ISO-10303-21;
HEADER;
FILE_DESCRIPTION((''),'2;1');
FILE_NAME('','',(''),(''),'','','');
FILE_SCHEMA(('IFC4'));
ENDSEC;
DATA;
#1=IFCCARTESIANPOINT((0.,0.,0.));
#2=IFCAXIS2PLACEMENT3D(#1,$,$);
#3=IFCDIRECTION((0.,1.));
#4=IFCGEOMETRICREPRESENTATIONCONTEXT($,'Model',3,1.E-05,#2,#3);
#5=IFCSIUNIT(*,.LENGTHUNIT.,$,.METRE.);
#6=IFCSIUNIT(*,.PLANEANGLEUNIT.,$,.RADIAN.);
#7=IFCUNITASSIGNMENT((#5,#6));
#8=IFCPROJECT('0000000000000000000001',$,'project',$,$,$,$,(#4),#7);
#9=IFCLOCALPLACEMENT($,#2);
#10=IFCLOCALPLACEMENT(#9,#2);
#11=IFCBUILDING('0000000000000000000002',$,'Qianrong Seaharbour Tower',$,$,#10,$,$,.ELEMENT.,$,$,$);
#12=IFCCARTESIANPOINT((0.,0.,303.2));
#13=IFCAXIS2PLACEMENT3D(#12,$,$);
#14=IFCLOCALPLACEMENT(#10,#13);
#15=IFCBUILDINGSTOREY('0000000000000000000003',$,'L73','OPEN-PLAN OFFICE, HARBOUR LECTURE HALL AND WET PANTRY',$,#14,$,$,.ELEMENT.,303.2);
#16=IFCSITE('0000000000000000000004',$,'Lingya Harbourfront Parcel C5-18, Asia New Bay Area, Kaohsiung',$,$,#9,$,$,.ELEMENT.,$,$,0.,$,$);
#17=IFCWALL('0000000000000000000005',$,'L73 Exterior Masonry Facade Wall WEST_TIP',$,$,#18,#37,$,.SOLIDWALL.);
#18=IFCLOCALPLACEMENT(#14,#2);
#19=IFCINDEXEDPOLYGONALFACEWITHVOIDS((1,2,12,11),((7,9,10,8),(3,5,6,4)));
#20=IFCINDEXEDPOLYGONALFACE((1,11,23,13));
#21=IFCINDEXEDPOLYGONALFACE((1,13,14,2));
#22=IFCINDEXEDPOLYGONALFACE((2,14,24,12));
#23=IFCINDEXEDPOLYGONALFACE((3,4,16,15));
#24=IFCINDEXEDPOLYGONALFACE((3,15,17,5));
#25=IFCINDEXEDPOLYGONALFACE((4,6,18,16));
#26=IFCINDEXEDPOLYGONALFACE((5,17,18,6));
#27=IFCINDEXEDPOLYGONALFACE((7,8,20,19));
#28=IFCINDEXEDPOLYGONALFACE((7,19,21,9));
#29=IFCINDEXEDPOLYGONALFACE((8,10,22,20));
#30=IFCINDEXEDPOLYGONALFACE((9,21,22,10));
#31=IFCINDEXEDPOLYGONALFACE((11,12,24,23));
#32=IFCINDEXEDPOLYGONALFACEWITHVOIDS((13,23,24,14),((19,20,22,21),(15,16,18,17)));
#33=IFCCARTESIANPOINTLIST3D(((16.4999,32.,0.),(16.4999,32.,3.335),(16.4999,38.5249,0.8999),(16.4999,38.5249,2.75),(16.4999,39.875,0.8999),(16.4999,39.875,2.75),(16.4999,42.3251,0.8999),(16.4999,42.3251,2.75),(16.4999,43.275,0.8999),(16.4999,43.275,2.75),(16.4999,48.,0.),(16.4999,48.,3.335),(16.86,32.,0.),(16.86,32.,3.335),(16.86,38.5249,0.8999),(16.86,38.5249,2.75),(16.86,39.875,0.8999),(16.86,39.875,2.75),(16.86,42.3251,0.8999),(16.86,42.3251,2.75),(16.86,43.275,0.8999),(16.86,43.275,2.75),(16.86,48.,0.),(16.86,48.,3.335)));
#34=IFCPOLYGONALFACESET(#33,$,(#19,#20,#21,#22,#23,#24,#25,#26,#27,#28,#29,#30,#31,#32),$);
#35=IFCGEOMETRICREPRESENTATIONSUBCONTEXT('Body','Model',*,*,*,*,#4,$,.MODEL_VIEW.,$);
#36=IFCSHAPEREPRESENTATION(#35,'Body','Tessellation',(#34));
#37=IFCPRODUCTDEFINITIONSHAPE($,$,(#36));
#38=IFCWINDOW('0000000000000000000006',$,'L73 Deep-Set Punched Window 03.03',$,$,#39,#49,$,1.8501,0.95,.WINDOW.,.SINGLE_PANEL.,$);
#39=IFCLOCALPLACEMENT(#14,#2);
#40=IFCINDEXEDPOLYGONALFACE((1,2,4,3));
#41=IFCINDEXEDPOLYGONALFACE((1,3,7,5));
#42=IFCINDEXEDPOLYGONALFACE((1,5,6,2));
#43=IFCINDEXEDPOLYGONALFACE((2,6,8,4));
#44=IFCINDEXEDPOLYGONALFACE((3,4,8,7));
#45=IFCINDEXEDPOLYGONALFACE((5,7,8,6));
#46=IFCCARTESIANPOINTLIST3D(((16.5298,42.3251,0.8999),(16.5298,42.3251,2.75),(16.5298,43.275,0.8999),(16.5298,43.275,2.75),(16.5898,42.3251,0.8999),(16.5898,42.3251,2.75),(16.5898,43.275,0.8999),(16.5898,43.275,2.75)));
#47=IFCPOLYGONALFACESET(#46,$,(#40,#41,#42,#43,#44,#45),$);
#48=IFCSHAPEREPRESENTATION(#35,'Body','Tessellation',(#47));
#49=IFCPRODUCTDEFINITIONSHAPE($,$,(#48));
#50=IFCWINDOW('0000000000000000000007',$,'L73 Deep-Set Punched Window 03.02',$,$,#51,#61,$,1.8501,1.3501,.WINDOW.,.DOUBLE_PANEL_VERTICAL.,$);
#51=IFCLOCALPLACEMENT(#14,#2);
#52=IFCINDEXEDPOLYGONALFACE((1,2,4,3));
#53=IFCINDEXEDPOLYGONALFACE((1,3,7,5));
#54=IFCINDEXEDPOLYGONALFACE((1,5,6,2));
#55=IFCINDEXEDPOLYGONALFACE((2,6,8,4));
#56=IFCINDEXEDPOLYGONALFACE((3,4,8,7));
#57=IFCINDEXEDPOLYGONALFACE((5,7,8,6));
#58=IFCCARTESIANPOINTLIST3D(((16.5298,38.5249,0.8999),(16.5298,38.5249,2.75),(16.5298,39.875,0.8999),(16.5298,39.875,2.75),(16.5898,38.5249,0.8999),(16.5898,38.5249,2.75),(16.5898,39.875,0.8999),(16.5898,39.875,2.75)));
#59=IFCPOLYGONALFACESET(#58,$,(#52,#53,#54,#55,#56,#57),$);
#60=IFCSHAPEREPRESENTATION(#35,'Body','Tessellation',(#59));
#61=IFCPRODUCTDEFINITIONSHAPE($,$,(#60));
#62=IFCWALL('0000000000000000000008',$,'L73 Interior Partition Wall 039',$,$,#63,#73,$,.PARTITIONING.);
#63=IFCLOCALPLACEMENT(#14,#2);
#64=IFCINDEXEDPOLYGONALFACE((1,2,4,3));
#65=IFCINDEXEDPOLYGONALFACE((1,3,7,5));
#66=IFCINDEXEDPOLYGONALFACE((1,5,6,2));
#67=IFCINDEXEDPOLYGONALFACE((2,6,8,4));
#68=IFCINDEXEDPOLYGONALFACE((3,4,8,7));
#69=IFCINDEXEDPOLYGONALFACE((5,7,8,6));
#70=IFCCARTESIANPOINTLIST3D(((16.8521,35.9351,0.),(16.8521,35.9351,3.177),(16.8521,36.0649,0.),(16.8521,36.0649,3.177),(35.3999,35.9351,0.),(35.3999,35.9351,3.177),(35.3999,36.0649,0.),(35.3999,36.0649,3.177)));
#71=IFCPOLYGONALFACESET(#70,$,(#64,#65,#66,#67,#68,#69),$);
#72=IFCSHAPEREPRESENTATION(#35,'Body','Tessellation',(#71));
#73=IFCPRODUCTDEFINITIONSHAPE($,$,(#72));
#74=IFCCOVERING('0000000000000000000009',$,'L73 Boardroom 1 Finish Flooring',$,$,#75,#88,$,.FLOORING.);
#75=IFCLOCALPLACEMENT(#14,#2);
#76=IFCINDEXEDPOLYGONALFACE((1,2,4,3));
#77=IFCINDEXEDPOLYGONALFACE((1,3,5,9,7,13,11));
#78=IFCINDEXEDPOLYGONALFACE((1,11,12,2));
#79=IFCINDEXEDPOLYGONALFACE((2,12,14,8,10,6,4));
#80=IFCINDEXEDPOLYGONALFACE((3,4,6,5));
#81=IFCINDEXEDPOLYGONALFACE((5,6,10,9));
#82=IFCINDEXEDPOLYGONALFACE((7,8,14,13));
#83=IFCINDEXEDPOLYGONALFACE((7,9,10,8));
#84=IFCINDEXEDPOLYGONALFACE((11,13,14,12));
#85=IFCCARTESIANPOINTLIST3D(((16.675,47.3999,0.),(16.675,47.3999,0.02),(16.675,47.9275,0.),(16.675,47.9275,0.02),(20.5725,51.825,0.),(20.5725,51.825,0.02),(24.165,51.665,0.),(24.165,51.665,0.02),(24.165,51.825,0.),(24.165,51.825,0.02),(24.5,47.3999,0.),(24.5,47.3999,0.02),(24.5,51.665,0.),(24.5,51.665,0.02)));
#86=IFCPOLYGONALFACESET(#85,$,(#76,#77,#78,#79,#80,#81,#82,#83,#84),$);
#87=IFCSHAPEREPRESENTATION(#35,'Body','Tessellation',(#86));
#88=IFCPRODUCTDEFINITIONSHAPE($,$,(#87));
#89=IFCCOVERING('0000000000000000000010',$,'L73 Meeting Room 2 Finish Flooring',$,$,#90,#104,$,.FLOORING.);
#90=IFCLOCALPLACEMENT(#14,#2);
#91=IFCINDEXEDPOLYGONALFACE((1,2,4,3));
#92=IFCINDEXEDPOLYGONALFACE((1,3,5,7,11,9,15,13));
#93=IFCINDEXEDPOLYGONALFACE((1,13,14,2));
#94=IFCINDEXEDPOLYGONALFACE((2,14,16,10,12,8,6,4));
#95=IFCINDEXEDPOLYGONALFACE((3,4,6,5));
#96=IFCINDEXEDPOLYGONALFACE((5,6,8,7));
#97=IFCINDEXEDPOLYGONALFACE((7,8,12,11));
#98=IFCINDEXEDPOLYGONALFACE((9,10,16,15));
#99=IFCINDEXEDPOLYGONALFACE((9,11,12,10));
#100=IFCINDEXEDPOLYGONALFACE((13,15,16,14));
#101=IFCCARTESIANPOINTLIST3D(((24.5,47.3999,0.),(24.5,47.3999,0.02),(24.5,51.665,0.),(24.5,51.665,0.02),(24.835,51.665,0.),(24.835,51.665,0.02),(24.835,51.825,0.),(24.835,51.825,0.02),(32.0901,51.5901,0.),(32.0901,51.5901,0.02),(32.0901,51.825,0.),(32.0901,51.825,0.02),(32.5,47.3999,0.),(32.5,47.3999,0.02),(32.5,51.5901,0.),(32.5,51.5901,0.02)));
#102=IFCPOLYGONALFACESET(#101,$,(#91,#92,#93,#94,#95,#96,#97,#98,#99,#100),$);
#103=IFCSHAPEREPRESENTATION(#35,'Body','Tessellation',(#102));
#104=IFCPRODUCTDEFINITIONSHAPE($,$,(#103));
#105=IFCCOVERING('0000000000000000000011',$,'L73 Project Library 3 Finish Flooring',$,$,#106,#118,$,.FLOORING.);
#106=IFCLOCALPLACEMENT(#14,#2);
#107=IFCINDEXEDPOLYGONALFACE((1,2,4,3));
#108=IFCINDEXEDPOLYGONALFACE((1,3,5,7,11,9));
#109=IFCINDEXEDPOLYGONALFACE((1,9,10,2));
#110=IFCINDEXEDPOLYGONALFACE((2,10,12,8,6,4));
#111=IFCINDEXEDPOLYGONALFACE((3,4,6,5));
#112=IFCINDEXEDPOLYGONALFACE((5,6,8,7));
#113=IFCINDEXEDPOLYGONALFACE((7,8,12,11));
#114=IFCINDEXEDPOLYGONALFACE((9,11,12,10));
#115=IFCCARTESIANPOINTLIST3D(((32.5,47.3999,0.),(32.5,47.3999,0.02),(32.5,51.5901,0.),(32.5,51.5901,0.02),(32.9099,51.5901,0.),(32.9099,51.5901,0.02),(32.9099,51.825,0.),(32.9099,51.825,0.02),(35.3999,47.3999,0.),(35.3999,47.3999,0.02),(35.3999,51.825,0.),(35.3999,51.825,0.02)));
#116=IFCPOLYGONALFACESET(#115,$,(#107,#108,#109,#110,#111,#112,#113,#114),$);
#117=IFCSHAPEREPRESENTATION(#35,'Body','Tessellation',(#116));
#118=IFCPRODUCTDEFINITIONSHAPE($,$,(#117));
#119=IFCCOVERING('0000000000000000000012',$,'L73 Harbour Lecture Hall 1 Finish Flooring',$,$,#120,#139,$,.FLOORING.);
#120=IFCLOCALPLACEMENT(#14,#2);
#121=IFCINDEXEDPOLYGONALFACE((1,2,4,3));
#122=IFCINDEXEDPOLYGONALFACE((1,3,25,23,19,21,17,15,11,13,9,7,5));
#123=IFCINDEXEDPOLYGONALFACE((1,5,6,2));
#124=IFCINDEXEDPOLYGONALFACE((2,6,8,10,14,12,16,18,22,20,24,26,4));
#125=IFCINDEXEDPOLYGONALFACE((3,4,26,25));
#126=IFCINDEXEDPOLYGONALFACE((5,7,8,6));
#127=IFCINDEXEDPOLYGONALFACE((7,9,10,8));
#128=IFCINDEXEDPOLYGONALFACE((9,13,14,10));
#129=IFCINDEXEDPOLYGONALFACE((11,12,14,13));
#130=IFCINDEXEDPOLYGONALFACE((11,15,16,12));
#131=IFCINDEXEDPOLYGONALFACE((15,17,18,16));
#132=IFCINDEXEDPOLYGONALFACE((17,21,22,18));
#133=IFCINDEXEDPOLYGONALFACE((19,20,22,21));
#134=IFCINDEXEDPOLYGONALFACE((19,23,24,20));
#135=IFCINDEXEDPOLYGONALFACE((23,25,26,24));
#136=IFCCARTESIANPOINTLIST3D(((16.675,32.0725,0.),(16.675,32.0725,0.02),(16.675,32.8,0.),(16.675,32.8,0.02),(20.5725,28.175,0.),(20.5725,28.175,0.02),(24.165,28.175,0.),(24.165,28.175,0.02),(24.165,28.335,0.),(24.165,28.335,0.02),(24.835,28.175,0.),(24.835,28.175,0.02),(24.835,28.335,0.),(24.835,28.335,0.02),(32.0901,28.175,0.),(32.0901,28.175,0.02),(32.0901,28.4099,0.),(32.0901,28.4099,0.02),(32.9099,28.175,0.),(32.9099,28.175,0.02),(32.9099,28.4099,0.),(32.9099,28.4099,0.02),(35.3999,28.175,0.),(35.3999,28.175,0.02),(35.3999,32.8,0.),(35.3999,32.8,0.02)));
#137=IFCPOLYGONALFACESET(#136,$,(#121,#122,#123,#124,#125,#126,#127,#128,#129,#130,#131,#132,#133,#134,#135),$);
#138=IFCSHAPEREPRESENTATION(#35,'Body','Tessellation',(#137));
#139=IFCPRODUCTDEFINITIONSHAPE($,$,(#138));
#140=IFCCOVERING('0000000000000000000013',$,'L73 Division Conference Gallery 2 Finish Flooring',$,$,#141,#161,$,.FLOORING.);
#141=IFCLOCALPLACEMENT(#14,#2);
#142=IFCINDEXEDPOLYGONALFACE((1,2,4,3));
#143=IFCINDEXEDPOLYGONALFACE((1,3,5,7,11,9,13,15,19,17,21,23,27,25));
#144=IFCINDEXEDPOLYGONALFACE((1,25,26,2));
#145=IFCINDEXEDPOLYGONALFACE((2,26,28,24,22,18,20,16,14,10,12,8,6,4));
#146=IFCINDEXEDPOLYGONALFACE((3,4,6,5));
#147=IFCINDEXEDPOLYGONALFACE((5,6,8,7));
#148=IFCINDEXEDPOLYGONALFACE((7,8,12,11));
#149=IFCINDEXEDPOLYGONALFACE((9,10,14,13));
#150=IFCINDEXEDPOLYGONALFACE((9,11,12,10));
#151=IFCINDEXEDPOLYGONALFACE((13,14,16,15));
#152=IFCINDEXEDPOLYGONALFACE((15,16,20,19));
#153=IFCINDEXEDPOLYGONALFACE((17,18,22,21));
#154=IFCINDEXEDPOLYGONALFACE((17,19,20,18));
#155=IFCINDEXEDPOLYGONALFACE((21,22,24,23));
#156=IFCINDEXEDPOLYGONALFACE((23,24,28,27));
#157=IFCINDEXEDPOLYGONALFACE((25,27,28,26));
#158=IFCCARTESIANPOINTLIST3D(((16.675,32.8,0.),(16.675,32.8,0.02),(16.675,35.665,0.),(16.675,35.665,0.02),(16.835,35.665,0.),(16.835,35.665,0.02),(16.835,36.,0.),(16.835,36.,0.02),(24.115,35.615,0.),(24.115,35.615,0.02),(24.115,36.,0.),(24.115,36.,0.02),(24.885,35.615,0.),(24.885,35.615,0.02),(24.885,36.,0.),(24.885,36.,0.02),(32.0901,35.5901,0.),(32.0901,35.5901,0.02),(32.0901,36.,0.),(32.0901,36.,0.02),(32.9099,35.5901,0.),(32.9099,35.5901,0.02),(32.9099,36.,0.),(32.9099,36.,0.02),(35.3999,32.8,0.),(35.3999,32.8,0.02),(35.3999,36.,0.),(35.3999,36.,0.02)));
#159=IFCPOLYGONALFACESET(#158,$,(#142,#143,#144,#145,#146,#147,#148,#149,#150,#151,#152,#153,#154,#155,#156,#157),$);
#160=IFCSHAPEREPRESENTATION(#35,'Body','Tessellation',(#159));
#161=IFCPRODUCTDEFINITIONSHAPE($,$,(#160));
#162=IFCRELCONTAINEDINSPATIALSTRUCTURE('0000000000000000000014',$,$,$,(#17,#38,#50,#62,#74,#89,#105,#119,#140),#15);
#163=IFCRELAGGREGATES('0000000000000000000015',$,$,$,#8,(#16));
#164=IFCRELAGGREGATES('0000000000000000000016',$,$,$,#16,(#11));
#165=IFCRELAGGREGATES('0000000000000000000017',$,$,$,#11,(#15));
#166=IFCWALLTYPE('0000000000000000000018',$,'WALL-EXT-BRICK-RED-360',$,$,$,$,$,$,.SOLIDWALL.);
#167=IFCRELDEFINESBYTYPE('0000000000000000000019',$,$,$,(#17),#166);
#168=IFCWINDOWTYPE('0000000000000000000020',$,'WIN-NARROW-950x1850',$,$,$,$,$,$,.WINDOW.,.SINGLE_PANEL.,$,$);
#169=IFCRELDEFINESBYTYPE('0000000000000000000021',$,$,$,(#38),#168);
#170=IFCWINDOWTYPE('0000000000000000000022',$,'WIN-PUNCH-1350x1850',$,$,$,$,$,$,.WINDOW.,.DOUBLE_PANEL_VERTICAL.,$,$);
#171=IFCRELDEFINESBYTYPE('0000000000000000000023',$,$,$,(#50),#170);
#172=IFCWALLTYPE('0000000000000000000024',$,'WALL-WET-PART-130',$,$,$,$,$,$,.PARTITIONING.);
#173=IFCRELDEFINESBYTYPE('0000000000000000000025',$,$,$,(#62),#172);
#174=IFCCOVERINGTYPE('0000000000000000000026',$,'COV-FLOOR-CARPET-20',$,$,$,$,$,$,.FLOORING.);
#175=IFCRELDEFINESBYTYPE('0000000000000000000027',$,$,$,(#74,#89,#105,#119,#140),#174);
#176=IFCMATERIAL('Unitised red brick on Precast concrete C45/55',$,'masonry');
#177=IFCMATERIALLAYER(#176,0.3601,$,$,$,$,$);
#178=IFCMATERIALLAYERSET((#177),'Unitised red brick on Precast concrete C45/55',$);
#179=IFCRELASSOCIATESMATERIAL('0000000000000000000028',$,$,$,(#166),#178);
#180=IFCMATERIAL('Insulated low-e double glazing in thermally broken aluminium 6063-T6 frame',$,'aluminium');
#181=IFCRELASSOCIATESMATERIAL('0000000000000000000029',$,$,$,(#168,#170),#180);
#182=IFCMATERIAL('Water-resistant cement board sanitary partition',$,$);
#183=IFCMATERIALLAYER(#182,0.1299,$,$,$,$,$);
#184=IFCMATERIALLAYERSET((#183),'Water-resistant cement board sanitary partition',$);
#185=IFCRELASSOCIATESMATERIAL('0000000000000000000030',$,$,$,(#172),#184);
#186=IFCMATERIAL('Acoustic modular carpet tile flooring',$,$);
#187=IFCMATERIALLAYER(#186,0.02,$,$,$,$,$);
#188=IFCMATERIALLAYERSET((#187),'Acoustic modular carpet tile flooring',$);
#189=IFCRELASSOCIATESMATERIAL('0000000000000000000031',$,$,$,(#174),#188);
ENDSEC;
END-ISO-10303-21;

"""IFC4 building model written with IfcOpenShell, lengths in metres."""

from ifc_helpers import new_model, si_unit, direction, frame, frame_2d, origin, place, context, subcontext, project, spatial, polyline, rectangle, outline, extrude, material, layer, layer_set, type_object, element, fill, save


model = new_model("IFC4")

# Units and contexts
model_context = context("Model", 3, precision=1e-05, world=origin(), true_north=direction((0.0, 1.0)))
body_context = subcontext(model_context, "Body", "Model", "MODEL_VIEW")
ifc_project = project(units=[si_unit("LENGTHUNIT", "METRE"), si_unit("PLANEANGLEUNIT", "RADIAN")], contexts=[model_context])

# Site, building, storey
site_placement = place(None, origin())
site = spatial("IfcSite", under=ifc_project, at=site_placement, Name="Lingya Harbourfront Parcel C5-18, Asia New Bay Area, Kaohsiung", CompositionType="ELEMENT", RefElevation=0.0)
building_placement = place(site_placement, origin())
building = spatial("IfcBuilding", under=site, at=building_placement, Name="Qianrong Seaharbour Tower", CompositionType="ELEMENT")
storey_placement = place(building_placement, frame((0.0, 0.0, 303.2)))
storey = spatial("IfcBuildingStorey", under=building, at=storey_placement, Name="L73", Description="OPEN-PLAN OFFICE, HARBOUR LECTURE HALL AND WET PANTRY", CompositionType="ELEMENT", Elevation=303.2)

# Wall, openings, windows
ifc_material_1 = material(Name="Unitised red brick on Precast concrete C45/55", Category="masonry")
ifc_layer_1 = layer(ifc_material_1, 0.3601)
ifc_layer_set_1 = layer_set([ifc_layer_1], Name="Unitised red brick on Precast concrete C45/55")
wall_type_1 = type_object("IfcWallType", Name="WALL-EXT-BRICK-RED-360", PredefinedType="SOLIDWALL", material=ifc_layer_set_1)
wall_1_placement = place(storey_placement, frame((16.6799, 32.0, 0.0), z_axis=(0.0, 0.0, 1.0), x_axis=(0.0, 1.0, 0.0)))
wall_1 = element("IfcWall", 1, at=wall_1_placement, inside=storey, type_object=wall_type_1, Name="L73 Exterior Masonry Facade Wall WEST_TIP", PredefinedType="SOLIDWALL", context=body_context, shape_type="SweptSolid", body=[
    extrude(rectangle(XDim=16.0, YDim=0.3601, at=frame_2d((8.0, 0.0))), origin(), (0.0, 0.0, 1.0), 3.335),
])
opening_1_placement = place(wall_1_placement, frame((6.5249, 0.0, 0.8999)))
opening_1 = element("IfcOpeningElement", 2, at=opening_1_placement, cuts=wall_1, PredefinedType="OPENING", context=body_context, shape_type="SweptSolid", body=[
    extrude(rectangle(XDim=1.3501, YDim=1.8501, at=frame_2d((0.675, 0.925))), frame((0.0, 0.1899, 0.0), z_axis=(0.0, -1.0, 0.0), x_axis=(1.0, 0.0, 0.0)), (0.0, 0.0, 1.0), 0.3801),
])
opening_2_placement = place(wall_1_placement, frame((10.325, 0.0, 0.8999)))
opening_2 = element("IfcOpeningElement", 3, at=opening_2_placement, cuts=wall_1, PredefinedType="OPENING", context=body_context, shape_type="SweptSolid", body=[
    extrude(rectangle(XDim=0.95, YDim=1.8501, at=frame_2d((0.4751, 0.925))), frame((0.0, 0.1899, 0.0), z_axis=(0.0, -1.0, 0.0), x_axis=(1.0, 0.0, 0.0)), (0.0, 0.0, 1.0), 0.3801),
])
ifc_material_2 = material(Name="Insulated low-e double glazing in thermally broken aluminium 6063-T6 frame", Category="aluminium")
window_type_1 = type_object("IfcWindowType", Name="WIN-NARROW-950x1850", PartitioningType="SINGLE_PANEL", PredefinedType="WINDOW", material=ifc_material_2)
window_1_placement = place(opening_2_placement, origin())
window_1 = element("IfcWindow", 4, at=window_1_placement, inside=storey, type_object=window_type_1, Name="L73 Deep-Set Punched Window 03.03", OverallHeight=1.8501, OverallWidth=0.95, PartitioningType="SINGLE_PANEL", PredefinedType="WINDOW", context=body_context, shape_type="SweptSolid", body=[
    extrude(rectangle(XDim=0.95, YDim=1.8501, at=frame_2d((0.4751, 0.925))), frame((0.0, 0.1501, 0.0), z_axis=(0.0, -1.0, 0.0), x_axis=(1.0, 0.0, 0.0)), (0.0, 0.0, 1.0), 0.0601),
])
fill(opening_2, window_1)
window_type_2 = type_object("IfcWindowType", Name="WIN-PUNCH-1350x1850", PartitioningType="DOUBLE_PANEL_VERTICAL", PredefinedType="WINDOW", material=ifc_material_2)
window_2_placement = place(opening_1_placement, origin())
window_2 = element("IfcWindow", 5, at=window_2_placement, inside=storey, type_object=window_type_2, Name="L73 Deep-Set Punched Window 03.02", OverallHeight=1.8501, OverallWidth=1.3501, PartitioningType="DOUBLE_PANEL_VERTICAL", PredefinedType="WINDOW", context=body_context, shape_type="SweptSolid", body=[
    extrude(rectangle(XDim=1.3501, YDim=1.8501, at=frame_2d((0.675, 0.925))), frame((0.0, 0.1501, 0.0), z_axis=(0.0, -1.0, 0.0), x_axis=(1.0, 0.0, 0.0)), (0.0, 0.0, 1.0), 0.0601),
])
fill(opening_1, window_2)

# Wall
ifc_material_3 = material(Name="Water-resistant cement board sanitary partition")
ifc_layer_2 = layer(ifc_material_3, 0.1299)
ifc_layer_set_2 = layer_set([ifc_layer_2], Name="Water-resistant cement board sanitary partition")
wall_type_2 = type_object("IfcWallType", Name="WALL-WET-PART-130", PredefinedType="PARTITIONING", material=ifc_layer_set_2)
wall_2_placement = place(storey_placement, frame((16.8521, 36.0, 0.0), z_axis=(0.0, 0.0, 1.0), x_axis=(1.0, 0.0, 0.0)))
element("IfcWall", 6, at=wall_2_placement, inside=storey, type_object=wall_type_2, Name="L73 Interior Partition Wall 039", PredefinedType="PARTITIONING", context=body_context, shape_type="SweptSolid", body=[
    extrude(rectangle(XDim=18.5479, YDim=0.1299, at=frame_2d((9.2739, 0.0))), origin(), (0.0, 0.0, 1.0), 3.177),
])

# Coverings
ifc_material_4 = material(Name="Acoustic modular carpet tile flooring")
ifc_layer_3 = layer(ifc_material_4, 0.02)
ifc_layer_set_3 = layer_set([ifc_layer_3], Name="Acoustic modular carpet tile flooring")
covering_type_1 = type_object("IfcCoveringType", Name="COV-FLOOR-CARPET-20", PredefinedType="FLOORING", material=ifc_layer_set_3)
covering_1_placement = place(storey_placement, origin())
element("IfcCovering", 7, at=covering_1_placement, inside=storey, type_object=covering_type_1, Name="L73 Boardroom 1 Finish Flooring", PredefinedType="FLOORING", context=body_context, shape_type="SweptSolid", body=[
    extrude(outline(polyline([(16.675, 47.9275), (20.5725, 51.825), (24.165, 51.825), (24.165, 51.665), (24.5, 51.665), (24.5, 47.3999), (16.675, 47.3999), (16.675, 47.9275)])), origin(), (0.0, 0.0, 1.0), 0.02),
])
covering_2_placement = place(storey_placement, origin())
element("IfcCovering", 8, at=covering_2_placement, inside=storey, type_object=covering_type_1, Name="L73 Meeting Room 2 Finish Flooring", PredefinedType="FLOORING", context=body_context, shape_type="SweptSolid", body=[
    extrude(outline(polyline([(24.5, 51.665), (24.835, 51.665), (24.835, 51.825), (32.0901, 51.825), (32.0901, 51.5901), (32.5, 51.5901), (32.5, 47.3999), (24.5, 47.3999), (24.5, 51.665)])), origin(), (0.0, 0.0, 1.0), 0.02),
])
covering_3_placement = place(storey_placement, origin())
element("IfcCovering", 9, at=covering_3_placement, inside=storey, type_object=covering_type_1, Name="L73 Project Library 3 Finish Flooring", PredefinedType="FLOORING", context=body_context, shape_type="SweptSolid", body=[
    extrude(outline(polyline([(32.5, 51.5901), (32.9099, 51.5901), (32.9099, 51.825), (35.3999, 51.825), (35.3999, 47.3999), (32.5, 47.3999), (32.5, 51.5901)])), origin(), (0.0, 0.0, 1.0), 0.02),
])
covering_4_placement = place(storey_placement, origin())
element("IfcCovering", 10, at=covering_4_placement, inside=storey, type_object=covering_type_1, Name="L73 Harbour Lecture Hall 1 Finish Flooring", PredefinedType="FLOORING", context=body_context, shape_type="SweptSolid", body=[
    extrude(outline(polyline([(32.9099, 28.175), (32.9099, 28.4099), (32.0901, 28.4099), (32.0901, 28.175), (24.835, 28.175), (24.835, 28.335), (24.165, 28.335), (24.165, 28.175), (20.5725, 28.175), (16.675, 32.0725), (16.675, 32.8), (35.3999, 32.8), (35.3999, 28.175), (32.9099, 28.175)])), origin(), (0.0, 0.0, 1.0), 0.02),
])
covering_5_placement = place(storey_placement, origin())
element("IfcCovering", 11, at=covering_5_placement, inside=storey, type_object=covering_type_1, Name="L73 Division Conference Gallery 2 Finish Flooring", PredefinedType="FLOORING", context=body_context, shape_type="SweptSolid", body=[
    extrude(outline(polyline([(16.675, 32.8), (16.675, 35.665), (16.835, 35.665), (16.835, 36.0), (24.115, 36.0), (24.115, 35.615), (24.885, 35.615), (24.885, 36.0), (32.0901, 36.0), (32.0901, 35.5901), (32.9099, 35.5901), (32.9099, 36.0), (35.3999, 36.0), (35.3999, 32.8), (16.675, 32.8)])), origin(), (0.0, 0.0, 1.0), 0.02),
])

save(model, "model.ifc")
